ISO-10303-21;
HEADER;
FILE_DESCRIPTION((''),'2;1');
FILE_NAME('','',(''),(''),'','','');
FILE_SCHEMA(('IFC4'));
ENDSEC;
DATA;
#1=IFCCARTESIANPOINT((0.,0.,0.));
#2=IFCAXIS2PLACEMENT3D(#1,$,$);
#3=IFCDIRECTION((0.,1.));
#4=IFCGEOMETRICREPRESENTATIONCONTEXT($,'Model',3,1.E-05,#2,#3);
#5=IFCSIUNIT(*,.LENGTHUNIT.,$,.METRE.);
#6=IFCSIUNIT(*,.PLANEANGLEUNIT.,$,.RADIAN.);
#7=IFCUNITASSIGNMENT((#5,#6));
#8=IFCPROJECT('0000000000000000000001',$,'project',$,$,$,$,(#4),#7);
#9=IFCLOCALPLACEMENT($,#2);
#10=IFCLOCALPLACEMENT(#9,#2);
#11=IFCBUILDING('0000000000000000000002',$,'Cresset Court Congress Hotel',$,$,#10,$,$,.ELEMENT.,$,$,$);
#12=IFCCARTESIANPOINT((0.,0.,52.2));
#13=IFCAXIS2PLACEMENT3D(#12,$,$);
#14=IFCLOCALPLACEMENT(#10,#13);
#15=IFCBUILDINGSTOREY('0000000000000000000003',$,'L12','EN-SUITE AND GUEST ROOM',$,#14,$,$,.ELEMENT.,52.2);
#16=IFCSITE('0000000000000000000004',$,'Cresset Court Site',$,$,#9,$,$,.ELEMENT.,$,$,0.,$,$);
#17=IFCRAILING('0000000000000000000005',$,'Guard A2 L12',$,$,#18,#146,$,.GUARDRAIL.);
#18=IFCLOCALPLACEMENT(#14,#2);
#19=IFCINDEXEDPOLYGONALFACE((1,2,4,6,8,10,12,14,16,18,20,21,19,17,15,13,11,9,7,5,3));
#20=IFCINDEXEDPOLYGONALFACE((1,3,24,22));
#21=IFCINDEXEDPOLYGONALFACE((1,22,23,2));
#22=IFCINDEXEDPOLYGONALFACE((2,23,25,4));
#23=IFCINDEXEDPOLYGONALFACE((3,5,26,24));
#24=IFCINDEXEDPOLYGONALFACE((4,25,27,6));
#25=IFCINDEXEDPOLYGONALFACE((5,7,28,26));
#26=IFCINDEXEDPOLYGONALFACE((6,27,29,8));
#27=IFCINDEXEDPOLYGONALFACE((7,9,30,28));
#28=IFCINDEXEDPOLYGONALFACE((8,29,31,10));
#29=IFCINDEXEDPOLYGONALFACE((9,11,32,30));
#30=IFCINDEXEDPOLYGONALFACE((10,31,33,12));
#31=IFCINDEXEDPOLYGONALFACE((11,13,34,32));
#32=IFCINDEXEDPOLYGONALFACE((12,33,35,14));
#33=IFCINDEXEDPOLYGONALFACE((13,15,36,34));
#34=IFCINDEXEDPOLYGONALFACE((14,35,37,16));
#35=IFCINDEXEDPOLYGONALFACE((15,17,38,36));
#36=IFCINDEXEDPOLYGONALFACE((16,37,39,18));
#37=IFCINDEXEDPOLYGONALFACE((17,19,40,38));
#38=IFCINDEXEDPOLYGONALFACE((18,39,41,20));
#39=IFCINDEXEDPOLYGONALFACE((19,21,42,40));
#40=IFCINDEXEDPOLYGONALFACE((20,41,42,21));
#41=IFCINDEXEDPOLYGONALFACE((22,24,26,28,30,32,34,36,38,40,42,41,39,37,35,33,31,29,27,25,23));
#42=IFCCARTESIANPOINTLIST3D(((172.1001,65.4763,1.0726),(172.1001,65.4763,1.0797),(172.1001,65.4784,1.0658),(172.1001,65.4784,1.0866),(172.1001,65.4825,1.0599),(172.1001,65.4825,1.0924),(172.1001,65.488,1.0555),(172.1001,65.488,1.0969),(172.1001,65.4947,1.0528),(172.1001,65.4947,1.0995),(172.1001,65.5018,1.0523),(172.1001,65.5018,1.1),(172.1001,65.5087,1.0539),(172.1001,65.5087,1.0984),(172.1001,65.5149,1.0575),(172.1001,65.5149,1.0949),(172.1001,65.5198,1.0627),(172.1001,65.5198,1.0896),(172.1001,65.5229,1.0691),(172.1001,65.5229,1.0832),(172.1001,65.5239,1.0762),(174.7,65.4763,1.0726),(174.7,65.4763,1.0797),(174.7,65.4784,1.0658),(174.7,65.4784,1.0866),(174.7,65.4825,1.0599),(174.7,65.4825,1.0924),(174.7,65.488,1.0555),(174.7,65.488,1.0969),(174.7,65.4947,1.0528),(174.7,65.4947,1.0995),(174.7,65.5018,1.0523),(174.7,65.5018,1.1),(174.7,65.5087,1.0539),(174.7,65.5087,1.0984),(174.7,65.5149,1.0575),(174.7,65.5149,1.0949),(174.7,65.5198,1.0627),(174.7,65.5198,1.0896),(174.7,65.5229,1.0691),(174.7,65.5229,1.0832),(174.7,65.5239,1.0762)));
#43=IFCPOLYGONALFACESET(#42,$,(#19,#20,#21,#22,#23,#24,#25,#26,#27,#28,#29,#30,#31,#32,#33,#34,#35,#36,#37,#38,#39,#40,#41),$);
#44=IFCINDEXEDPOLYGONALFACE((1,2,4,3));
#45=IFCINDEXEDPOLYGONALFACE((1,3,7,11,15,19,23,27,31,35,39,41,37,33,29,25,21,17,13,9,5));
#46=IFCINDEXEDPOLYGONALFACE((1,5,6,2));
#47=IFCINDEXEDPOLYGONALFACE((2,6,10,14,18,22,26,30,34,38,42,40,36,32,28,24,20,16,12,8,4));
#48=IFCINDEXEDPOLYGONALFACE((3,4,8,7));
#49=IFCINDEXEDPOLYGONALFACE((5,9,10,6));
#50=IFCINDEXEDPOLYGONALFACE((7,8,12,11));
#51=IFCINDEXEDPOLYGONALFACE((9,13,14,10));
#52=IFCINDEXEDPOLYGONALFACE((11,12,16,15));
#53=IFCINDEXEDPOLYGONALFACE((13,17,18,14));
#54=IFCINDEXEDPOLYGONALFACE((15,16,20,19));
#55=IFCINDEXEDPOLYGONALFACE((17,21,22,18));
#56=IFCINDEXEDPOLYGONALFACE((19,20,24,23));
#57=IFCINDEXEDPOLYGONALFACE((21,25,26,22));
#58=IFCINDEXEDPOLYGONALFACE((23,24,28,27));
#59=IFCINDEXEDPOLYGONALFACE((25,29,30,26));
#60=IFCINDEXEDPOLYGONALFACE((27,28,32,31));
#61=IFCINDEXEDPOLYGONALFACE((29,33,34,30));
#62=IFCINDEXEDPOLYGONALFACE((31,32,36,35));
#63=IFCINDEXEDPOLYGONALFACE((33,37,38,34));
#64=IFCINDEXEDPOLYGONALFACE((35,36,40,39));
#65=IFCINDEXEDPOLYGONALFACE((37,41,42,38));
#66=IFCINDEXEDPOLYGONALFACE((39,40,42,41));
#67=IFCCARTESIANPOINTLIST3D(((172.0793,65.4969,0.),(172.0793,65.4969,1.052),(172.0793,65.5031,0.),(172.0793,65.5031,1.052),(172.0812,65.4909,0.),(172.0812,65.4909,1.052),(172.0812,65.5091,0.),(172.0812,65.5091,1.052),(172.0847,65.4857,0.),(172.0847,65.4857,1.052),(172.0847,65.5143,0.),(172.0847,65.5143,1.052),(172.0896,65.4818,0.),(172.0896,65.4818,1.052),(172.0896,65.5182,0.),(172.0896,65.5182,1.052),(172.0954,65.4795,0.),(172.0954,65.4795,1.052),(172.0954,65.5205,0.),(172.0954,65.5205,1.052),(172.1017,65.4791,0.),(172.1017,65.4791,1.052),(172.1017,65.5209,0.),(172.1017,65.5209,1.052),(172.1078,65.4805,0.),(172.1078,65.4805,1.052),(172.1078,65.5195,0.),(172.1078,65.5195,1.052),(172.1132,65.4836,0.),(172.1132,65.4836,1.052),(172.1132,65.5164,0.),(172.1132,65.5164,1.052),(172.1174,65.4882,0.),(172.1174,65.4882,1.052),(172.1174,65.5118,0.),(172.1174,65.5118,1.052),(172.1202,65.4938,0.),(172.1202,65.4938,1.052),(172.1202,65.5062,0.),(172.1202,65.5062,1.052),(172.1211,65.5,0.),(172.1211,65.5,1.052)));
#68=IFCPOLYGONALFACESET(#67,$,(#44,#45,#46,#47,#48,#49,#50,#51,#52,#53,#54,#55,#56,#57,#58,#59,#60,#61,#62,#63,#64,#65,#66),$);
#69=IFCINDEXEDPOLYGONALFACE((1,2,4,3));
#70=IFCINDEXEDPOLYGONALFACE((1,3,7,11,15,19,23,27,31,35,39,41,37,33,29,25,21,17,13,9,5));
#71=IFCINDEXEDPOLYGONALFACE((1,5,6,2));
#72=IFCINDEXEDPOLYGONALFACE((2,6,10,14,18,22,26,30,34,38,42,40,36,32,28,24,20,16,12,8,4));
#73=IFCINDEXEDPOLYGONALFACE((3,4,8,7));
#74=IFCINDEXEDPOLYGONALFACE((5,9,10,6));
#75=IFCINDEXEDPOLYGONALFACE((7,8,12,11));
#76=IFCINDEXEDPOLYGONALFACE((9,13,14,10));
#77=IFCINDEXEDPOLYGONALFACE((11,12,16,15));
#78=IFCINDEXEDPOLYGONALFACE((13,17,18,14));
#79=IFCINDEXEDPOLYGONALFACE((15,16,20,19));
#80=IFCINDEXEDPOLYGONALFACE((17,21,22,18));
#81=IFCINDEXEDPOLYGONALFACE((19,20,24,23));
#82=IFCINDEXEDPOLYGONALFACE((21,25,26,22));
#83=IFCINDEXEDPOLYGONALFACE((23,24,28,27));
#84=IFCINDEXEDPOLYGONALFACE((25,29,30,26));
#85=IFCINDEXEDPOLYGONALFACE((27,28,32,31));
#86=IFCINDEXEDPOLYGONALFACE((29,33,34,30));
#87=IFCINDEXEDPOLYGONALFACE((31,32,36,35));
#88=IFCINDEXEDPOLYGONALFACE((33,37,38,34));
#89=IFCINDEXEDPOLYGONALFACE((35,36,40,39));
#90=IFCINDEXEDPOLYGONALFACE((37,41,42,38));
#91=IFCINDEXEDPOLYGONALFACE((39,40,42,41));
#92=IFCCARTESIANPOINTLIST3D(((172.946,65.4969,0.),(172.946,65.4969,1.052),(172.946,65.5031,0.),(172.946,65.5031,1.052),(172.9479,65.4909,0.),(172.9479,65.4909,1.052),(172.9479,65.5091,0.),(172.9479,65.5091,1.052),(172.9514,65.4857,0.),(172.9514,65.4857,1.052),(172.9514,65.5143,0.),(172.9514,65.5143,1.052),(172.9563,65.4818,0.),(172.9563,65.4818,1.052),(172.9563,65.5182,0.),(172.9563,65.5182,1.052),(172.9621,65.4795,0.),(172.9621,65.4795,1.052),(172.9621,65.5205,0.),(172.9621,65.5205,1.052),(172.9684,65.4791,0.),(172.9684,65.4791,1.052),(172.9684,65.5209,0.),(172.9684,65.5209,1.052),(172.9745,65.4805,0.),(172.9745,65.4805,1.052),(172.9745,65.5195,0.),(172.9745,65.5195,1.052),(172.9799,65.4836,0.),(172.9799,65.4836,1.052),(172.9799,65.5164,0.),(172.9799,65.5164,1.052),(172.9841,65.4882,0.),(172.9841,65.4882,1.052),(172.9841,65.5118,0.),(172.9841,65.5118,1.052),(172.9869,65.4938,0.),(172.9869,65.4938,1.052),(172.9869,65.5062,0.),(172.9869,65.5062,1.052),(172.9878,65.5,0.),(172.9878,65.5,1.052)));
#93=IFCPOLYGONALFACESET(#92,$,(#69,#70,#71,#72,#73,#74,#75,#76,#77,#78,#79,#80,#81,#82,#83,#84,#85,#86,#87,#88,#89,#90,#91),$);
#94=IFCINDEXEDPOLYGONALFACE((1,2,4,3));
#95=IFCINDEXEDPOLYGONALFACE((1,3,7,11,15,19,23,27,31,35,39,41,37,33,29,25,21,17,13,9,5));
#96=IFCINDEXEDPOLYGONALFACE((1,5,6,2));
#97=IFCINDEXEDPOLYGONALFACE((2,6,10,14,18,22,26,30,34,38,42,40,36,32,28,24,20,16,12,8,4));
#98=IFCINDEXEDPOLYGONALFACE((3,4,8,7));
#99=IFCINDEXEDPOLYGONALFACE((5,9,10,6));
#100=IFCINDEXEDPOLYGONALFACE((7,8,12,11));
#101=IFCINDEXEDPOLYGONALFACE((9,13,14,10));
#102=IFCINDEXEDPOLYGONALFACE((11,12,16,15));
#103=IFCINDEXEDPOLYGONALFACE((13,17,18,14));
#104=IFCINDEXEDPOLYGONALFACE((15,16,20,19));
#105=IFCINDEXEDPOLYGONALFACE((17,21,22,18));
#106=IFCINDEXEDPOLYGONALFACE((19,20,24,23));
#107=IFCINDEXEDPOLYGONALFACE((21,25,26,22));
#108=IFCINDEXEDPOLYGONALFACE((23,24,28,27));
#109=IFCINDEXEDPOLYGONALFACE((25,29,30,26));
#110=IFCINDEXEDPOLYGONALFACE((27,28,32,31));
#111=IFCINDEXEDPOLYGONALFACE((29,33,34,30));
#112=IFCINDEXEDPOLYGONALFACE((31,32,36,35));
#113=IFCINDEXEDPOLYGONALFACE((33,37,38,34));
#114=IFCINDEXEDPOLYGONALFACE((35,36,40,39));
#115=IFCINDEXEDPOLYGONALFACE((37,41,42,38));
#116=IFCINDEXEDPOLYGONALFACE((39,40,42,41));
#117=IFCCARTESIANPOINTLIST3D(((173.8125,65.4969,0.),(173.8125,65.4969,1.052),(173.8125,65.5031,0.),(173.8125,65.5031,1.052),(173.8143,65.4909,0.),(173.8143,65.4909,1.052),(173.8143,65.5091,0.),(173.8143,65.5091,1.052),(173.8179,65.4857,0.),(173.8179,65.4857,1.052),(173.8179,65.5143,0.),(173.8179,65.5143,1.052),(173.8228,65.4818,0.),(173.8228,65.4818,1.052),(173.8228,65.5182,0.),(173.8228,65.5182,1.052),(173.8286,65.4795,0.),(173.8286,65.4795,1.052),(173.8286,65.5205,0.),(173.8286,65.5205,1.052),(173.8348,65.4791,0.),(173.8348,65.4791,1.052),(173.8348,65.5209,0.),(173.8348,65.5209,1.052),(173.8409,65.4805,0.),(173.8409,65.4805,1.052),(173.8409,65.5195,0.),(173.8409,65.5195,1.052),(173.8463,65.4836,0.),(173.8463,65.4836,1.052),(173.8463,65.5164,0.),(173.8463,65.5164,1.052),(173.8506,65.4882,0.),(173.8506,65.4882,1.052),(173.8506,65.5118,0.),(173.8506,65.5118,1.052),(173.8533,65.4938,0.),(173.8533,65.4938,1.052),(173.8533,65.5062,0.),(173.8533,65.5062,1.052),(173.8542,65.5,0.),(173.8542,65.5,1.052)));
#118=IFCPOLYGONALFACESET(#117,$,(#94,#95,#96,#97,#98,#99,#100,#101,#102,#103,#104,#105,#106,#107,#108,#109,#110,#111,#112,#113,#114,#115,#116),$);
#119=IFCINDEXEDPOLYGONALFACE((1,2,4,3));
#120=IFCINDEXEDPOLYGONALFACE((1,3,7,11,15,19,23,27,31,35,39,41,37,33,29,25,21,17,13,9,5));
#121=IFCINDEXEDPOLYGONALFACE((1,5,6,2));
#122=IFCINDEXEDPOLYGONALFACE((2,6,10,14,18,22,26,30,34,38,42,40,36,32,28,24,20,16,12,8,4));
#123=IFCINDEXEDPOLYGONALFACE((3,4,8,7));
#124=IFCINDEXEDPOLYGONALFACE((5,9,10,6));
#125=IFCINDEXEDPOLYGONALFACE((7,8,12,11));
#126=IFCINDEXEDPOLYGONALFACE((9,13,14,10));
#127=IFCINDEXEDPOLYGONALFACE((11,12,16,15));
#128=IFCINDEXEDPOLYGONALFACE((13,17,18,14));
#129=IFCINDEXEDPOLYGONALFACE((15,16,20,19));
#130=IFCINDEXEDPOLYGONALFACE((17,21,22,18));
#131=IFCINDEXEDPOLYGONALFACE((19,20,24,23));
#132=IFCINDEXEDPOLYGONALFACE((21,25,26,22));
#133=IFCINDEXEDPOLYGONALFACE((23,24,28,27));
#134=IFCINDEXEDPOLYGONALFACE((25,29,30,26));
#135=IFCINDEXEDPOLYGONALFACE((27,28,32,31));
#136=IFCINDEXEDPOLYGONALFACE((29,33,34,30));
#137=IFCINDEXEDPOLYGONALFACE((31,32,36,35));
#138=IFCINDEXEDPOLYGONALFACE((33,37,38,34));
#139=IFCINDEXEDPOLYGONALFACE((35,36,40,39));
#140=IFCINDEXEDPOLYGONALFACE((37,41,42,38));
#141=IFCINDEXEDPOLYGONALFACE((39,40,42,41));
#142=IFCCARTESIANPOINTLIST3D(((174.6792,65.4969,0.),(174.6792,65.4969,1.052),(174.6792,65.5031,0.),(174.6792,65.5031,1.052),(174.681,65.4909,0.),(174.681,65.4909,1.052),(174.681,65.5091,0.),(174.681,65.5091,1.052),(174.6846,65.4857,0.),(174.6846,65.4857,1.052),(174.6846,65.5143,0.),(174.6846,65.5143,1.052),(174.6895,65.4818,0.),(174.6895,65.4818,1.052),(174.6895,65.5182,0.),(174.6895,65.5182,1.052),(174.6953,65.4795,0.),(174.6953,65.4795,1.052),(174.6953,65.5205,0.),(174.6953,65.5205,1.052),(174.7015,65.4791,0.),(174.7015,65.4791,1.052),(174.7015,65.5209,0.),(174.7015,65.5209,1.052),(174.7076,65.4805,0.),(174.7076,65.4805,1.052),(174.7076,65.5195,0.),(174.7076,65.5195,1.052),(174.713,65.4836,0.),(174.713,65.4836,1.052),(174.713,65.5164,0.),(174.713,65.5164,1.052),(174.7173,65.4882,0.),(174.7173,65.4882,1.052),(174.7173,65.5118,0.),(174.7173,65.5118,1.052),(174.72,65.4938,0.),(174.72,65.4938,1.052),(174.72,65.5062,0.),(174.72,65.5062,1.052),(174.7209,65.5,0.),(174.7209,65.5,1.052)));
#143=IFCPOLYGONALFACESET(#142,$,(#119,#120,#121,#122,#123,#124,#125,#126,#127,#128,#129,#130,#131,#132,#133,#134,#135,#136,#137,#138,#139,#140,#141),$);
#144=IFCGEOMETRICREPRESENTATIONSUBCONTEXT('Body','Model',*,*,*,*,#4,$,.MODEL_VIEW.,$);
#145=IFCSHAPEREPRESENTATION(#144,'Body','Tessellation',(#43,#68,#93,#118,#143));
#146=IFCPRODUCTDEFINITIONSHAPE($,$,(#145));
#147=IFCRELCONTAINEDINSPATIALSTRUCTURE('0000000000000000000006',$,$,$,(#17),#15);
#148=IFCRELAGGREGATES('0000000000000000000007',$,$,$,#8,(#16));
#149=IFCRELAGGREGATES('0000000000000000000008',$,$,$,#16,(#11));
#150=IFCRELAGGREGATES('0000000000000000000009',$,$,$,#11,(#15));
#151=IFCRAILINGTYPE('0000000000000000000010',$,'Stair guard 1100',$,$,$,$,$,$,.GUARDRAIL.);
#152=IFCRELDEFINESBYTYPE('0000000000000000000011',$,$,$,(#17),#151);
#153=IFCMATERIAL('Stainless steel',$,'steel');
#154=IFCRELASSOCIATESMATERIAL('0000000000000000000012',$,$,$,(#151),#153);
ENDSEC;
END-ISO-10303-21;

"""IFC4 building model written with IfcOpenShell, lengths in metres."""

from ifc_helpers import new_model, si_unit, direction, frame, origin, origin_2d, place, context, subcontext, project, spatial, circle, extrude, material, type_object, element, save


model = new_model("IFC4")

# Units and contexts
model_context = context("Model", 3, precision=1e-05, world=origin(), true_north=direction((0.0, 1.0)))
body_context = subcontext(model_context, "Body", "Model", "MODEL_VIEW")
ifc_project = project(units=[si_unit("LENGTHUNIT", "METRE"), si_unit("PLANEANGLEUNIT", "RADIAN")], contexts=[model_context])

# Site, building, storey
site_placement = place(None, origin())
site = spatial("IfcSite", under=ifc_project, at=site_placement, Name="Cresset Court Site", CompositionType="ELEMENT", RefElevation=0.0)
building_placement = place(site_placement, origin())
building = spatial("IfcBuilding", under=site, at=building_placement, Name="Cresset Court Congress Hotel", CompositionType="ELEMENT")
storey_placement = place(building_placement, frame((0.0, 0.0, 52.2)))
storey = spatial("IfcBuildingStorey", under=building, at=storey_placement, Name="L12", Description="EN-SUITE AND GUEST ROOM", CompositionType="ELEMENT", Elevation=52.2)

# Railing
ifc_material_1 = material(Name="Stainless steel", Category="steel")
railing_type_1 = type_object("IfcRailingType", Name="Stair guard 1100", PredefinedType="GUARDRAIL", material=ifc_material_1)
for number, where, name in (
    (1, (172.1001, 65.5, 0.0), "Guard A2 L12"),
):
    element("IfcRailing", number, at=place(storey_placement, frame(where)), inside=storey, type_object=railing_type_1, Name=name, PredefinedType="GUARDRAIL", context=body_context, shape_type="SweptSolid", body=[
        extrude(circle(Radius=0.0239, at=origin_2d()), frame((0.0, 0.0, 1.0762), z_axis=(1.0, 0.0, 0.0), x_axis=(0.0, 1.0, 0.0)), (0.0, 0.0, 1.0), 2.5999),
        extrude(circle(Radius=0.021, at=origin_2d()), origin(), (0.0, 0.0, 1.0), 1.052),
        extrude(circle(Radius=0.021, at=origin_2d()), frame((0.8667, 0.0, 0.0)), (0.0, 0.0, 1.0), 1.052),
        extrude(circle(Radius=0.021, at=origin_2d()), frame((1.7332, 0.0, 0.0)), (0.0, 0.0, 1.0), 1.052),
        extrude(circle(Radius=0.021, at=origin_2d()), frame((2.5999, 0.0, 0.0)), (0.0, 0.0, 1.0), 1.052),
    ])

save(model, "model.ifc")
